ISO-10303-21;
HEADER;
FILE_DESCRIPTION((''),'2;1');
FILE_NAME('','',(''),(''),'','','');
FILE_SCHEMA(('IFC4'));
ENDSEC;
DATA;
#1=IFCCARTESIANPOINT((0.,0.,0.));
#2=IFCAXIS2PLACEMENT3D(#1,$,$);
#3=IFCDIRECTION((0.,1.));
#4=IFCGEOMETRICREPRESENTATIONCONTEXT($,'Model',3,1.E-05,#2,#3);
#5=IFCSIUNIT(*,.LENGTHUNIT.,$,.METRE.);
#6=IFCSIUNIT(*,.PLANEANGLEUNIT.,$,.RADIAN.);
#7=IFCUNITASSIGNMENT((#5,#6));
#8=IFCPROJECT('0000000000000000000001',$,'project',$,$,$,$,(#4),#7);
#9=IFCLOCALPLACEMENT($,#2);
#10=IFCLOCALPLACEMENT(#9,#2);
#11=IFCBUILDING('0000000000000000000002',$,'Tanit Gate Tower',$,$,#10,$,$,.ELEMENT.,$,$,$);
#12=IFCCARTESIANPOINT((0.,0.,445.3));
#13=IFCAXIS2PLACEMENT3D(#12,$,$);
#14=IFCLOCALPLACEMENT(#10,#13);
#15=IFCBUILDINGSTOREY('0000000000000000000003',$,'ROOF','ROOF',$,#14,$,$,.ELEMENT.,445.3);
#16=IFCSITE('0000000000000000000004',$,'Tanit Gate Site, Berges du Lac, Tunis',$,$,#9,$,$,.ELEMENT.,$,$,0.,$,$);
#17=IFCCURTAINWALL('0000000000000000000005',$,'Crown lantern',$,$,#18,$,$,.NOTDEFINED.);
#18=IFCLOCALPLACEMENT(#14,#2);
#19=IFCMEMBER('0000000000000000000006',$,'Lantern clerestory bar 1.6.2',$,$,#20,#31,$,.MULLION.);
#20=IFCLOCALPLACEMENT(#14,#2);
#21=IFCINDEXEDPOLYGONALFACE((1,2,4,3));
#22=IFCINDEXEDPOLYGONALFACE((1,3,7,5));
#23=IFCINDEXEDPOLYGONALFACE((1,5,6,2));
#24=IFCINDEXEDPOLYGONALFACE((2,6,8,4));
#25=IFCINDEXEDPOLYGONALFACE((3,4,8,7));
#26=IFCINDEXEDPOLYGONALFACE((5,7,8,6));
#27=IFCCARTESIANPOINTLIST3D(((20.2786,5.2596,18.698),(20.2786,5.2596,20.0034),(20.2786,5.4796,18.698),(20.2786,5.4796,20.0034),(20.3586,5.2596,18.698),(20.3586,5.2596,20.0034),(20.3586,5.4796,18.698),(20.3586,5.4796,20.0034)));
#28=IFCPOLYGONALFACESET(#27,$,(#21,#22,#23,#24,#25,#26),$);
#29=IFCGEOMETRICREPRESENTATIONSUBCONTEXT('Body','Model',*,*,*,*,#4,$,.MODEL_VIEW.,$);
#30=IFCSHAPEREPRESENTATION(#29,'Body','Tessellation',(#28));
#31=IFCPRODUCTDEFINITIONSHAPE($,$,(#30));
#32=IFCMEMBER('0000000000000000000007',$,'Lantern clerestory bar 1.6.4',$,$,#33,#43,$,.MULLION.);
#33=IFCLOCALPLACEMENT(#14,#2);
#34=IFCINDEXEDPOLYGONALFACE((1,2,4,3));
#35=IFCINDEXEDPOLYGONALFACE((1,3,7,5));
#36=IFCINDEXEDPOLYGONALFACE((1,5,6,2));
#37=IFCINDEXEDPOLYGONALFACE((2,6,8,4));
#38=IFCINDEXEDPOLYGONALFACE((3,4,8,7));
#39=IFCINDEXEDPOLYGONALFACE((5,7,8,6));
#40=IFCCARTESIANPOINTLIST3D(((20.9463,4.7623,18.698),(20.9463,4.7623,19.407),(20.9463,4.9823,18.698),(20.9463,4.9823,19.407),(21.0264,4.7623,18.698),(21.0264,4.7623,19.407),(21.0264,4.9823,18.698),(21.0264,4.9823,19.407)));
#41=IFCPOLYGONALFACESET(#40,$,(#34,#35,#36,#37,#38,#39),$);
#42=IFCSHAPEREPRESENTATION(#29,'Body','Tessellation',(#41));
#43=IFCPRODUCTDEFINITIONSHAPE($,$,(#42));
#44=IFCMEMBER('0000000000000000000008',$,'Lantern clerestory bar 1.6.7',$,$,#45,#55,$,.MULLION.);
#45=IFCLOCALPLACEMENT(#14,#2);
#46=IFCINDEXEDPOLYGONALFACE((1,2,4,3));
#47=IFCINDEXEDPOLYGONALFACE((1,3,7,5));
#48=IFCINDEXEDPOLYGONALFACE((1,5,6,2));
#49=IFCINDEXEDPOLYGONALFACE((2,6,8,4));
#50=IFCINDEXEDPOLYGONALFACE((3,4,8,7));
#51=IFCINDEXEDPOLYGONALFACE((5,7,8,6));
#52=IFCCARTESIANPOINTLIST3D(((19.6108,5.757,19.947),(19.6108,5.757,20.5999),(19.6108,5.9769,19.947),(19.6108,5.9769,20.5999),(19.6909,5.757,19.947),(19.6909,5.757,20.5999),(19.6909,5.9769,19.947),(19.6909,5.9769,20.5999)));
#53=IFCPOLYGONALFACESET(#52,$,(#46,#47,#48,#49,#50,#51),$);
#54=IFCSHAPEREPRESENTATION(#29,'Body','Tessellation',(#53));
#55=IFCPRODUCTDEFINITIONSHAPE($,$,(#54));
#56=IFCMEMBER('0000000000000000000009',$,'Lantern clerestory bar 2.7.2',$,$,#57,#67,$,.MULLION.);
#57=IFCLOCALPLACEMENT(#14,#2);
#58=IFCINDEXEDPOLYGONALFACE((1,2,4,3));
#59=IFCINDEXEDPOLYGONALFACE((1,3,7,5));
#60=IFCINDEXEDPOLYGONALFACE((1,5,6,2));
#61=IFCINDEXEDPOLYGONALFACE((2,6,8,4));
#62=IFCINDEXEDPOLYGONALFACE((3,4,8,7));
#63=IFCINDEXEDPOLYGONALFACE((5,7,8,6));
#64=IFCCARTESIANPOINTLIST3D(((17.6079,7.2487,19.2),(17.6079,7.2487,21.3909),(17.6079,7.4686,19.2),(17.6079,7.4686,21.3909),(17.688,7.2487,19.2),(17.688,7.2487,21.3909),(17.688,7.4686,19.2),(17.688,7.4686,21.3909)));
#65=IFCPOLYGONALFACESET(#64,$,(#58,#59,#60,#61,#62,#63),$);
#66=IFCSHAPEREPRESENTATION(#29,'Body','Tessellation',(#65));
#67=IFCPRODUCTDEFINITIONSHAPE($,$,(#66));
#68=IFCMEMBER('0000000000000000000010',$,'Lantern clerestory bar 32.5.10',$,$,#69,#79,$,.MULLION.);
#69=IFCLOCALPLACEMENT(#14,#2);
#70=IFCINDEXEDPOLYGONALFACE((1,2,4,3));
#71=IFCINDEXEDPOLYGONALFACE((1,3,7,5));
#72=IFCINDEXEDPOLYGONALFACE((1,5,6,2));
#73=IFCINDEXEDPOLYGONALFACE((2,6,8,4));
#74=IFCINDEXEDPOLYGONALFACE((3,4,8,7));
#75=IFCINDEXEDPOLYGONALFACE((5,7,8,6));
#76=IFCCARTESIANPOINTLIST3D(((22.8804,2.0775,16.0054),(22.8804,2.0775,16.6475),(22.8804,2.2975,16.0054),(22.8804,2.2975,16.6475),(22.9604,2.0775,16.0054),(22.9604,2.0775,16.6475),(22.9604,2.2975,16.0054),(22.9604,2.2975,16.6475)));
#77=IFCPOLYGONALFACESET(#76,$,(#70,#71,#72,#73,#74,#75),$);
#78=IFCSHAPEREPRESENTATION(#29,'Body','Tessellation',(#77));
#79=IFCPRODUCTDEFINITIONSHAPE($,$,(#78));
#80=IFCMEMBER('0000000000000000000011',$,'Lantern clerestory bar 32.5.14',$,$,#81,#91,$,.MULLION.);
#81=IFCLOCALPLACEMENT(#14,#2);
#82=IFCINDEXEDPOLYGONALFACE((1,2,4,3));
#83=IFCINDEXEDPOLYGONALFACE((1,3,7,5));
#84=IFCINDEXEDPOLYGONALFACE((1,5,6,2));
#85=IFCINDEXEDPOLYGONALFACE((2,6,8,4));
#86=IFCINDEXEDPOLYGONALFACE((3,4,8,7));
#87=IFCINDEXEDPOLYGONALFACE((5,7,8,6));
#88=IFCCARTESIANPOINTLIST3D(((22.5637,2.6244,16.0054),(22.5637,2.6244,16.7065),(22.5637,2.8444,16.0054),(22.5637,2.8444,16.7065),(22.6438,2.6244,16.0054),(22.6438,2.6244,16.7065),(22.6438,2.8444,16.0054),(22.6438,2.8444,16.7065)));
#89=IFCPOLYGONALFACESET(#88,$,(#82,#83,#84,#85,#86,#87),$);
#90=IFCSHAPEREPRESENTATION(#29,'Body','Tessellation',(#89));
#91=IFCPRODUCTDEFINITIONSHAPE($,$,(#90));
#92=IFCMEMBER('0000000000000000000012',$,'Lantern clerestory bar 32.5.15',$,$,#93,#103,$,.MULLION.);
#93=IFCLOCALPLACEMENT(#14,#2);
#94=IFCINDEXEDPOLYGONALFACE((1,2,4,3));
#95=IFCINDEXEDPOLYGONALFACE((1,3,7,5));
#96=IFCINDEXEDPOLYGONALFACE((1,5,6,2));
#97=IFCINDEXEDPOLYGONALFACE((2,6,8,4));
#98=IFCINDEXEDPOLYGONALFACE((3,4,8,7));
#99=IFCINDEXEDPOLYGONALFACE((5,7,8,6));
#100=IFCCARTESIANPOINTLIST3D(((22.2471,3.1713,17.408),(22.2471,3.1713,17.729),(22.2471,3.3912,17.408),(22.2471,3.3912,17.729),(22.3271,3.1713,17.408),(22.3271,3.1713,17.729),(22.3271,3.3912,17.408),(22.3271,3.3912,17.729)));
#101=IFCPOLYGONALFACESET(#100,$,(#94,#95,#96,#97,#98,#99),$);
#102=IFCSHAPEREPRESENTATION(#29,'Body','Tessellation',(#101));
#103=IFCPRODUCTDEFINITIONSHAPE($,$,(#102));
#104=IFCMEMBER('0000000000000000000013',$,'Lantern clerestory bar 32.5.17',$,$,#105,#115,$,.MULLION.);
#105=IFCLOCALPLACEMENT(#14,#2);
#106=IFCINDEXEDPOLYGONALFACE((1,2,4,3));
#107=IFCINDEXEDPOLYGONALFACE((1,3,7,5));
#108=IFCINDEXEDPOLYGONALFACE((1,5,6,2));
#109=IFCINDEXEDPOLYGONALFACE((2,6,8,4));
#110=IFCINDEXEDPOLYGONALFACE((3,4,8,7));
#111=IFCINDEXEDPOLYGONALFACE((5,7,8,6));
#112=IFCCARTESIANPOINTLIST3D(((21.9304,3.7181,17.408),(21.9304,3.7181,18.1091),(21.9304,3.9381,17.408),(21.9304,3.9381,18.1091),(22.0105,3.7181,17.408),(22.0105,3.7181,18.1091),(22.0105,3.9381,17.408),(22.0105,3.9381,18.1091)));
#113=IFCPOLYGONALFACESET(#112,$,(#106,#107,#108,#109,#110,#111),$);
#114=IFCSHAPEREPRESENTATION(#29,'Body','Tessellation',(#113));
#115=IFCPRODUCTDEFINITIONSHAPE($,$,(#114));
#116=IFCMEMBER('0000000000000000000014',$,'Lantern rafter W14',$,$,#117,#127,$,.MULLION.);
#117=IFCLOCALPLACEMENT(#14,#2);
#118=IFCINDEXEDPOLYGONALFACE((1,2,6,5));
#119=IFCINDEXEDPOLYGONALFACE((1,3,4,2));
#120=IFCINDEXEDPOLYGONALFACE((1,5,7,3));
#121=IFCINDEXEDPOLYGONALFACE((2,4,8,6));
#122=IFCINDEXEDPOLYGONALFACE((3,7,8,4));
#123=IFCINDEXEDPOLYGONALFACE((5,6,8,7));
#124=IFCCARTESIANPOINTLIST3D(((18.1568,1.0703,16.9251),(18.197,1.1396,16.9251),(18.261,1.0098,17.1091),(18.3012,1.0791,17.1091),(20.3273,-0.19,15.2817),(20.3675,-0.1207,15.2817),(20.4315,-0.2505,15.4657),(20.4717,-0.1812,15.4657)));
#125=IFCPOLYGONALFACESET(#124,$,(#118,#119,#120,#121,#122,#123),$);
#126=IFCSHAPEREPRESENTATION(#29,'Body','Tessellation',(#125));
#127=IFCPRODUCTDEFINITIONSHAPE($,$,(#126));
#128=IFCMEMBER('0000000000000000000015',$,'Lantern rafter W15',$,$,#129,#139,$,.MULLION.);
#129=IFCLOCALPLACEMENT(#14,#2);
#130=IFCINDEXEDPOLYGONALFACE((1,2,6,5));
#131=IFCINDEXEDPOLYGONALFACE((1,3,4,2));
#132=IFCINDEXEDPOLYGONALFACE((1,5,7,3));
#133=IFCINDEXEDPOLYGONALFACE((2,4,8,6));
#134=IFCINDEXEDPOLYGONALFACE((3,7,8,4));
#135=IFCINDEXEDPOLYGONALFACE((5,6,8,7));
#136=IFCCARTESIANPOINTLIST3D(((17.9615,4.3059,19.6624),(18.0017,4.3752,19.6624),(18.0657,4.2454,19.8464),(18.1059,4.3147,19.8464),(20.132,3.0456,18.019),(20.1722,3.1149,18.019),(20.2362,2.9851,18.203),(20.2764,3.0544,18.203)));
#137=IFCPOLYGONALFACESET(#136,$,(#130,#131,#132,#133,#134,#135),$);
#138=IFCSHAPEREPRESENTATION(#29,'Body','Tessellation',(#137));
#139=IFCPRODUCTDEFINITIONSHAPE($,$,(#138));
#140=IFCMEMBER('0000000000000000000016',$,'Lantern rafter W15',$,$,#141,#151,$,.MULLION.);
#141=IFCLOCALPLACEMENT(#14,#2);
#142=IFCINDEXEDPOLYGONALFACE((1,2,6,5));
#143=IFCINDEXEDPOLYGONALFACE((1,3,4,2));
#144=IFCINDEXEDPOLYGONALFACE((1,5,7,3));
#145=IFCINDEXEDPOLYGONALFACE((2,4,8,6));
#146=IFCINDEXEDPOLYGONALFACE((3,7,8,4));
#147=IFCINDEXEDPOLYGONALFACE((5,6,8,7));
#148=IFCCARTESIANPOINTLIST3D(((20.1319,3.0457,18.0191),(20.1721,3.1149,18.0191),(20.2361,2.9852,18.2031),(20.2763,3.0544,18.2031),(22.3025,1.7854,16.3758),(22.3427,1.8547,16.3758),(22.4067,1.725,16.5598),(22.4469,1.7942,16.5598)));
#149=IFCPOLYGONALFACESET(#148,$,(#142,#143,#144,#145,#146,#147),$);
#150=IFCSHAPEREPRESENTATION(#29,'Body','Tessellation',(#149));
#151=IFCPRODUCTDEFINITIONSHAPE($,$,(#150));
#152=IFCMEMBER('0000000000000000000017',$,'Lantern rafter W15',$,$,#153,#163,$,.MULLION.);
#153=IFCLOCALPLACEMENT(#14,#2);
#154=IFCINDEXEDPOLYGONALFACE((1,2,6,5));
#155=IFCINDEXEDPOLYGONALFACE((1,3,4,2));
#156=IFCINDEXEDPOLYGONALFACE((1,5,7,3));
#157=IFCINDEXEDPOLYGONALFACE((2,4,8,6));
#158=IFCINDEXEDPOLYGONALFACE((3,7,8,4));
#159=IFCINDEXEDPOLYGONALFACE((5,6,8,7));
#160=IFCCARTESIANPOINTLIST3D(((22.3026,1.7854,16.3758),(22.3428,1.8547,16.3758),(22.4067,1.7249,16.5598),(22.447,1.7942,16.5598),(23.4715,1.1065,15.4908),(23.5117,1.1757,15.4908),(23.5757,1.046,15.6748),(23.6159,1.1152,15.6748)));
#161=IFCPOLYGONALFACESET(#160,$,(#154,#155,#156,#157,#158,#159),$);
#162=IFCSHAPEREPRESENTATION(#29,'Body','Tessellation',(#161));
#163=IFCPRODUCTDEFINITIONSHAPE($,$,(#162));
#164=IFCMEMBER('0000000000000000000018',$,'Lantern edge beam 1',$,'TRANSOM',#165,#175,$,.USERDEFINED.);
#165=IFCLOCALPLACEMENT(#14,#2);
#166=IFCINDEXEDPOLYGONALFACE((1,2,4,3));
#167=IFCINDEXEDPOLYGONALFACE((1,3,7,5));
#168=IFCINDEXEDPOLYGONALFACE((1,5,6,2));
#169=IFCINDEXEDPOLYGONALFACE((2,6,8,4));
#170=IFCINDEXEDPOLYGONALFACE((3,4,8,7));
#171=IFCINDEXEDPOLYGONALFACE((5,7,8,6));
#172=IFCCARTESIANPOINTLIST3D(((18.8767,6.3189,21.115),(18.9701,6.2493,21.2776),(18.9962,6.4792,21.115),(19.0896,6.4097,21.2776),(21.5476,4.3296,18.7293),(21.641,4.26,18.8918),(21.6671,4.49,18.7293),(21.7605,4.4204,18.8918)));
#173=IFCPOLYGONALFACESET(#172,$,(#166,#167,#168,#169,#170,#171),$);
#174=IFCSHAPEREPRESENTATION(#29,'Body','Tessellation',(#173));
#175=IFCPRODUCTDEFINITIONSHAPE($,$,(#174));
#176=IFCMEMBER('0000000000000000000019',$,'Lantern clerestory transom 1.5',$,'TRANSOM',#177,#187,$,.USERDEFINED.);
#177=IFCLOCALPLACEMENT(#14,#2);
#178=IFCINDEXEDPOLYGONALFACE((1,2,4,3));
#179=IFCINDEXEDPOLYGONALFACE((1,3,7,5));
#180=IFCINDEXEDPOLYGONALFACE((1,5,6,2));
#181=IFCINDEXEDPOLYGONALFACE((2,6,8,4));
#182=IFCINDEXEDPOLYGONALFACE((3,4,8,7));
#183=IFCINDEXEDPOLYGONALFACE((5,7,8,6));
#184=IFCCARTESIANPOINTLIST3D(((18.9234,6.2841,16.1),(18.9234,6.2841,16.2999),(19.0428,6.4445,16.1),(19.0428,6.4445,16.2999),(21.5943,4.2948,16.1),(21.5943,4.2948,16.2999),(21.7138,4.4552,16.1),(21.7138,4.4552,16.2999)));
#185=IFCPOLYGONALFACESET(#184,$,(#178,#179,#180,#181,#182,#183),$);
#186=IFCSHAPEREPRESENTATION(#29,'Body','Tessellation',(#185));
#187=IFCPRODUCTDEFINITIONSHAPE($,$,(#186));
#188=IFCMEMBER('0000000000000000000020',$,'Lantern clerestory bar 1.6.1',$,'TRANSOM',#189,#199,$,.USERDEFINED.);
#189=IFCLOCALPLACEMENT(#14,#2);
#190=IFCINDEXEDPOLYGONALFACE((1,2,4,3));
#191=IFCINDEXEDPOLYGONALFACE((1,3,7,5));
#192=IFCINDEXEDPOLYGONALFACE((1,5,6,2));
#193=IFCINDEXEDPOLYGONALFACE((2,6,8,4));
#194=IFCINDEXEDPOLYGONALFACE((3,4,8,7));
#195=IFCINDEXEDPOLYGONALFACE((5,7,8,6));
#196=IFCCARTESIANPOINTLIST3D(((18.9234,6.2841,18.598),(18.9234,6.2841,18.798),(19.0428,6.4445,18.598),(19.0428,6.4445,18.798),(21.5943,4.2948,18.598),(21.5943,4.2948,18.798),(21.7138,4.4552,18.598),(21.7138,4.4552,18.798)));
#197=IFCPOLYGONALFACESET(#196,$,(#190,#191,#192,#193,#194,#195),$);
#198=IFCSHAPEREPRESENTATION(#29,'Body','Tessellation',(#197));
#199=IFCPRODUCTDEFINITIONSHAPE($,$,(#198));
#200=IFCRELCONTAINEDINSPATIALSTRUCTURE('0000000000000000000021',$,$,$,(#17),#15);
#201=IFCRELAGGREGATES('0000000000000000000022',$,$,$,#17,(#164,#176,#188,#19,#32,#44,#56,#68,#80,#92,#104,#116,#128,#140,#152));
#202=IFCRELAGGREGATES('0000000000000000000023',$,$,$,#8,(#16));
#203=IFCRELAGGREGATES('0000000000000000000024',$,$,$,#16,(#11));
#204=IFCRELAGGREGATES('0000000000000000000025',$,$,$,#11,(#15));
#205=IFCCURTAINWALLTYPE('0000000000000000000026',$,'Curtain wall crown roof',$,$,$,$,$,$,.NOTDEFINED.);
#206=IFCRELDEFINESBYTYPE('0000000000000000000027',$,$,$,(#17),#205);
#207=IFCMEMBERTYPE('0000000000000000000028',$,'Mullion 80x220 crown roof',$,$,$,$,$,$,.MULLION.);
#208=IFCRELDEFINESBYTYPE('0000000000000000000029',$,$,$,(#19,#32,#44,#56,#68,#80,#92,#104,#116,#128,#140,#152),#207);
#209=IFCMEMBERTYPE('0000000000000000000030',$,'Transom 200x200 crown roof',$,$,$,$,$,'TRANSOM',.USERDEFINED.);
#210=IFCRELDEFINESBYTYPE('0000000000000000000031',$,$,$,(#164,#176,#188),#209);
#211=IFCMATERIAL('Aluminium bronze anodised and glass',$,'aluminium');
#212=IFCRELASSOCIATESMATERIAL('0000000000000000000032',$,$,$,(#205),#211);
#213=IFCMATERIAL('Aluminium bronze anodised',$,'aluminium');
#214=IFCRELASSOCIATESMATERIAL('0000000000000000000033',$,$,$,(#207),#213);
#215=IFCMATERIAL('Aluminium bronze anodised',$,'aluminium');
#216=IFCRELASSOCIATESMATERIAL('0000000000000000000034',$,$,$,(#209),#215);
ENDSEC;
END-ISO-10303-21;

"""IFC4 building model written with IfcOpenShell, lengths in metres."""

from ifc_helpers import new_model, si_unit, direction, frame, origin, origin_2d, place, context, subcontext, project, spatial, rectangle, extrude, material, material_profile, profile_set, type_object, element, aggregate, save


model = new_model("IFC4")

# Units and contexts
model_context = context("Model", 3, precision=1e-05, world=origin(), true_north=direction((0.0, 1.0)))
body_context = subcontext(model_context, "Body", "Model", "MODEL_VIEW")
ifc_project = project(units=[si_unit("LENGTHUNIT", "METRE"), si_unit("PLANEANGLEUNIT", "RADIAN")], contexts=[model_context])

# Site, building, storey
site_placement = place(None, origin())
site = spatial("IfcSite", under=ifc_project, at=site_placement, Name="Tanit Gate Site, Berges du Lac, Tunis", CompositionType="ELEMENT", RefElevation=0.0)
building_placement = place(site_placement, origin())
building = spatial("IfcBuilding", under=site, at=building_placement, Name="Tanit Gate Tower", CompositionType="ELEMENT")
storey_placement = place(building_placement, frame((0.0, 0.0, 445.3)))
storey = spatial("IfcBuildingStorey", under=building, at=storey_placement, Name="ROOF", Description="ROOF", CompositionType="ELEMENT", Elevation=445.3)

# Curtain wall, members
ifc_material_1 = material(Name="Aluminium bronze anodised and glass", Category="aluminium")
curtain_wall_type = type_object("IfcCurtainWallType", Name="Curtain wall crown roof", PredefinedType="NOTDEFINED", material=ifc_material_1)
curtain_wall_placement = place(storey_placement, origin())
curtain_wall = element("IfcCurtainWall", 1, at=curtain_wall_placement, inside=storey, type_object=curtain_wall_type, Name="Crown lantern", PredefinedType="NOTDEFINED")
ifc_material_2 = material(Name="Aluminium bronze anodised", Category="aluminium")
ifc_material_profile_1 = material_profile(ifc_material_2, rectangle(XDim=0.0801, YDim=0.22, at=origin_2d()), Name="80x220 bronze rafter")
ifc_profile_set_1 = profile_set([ifc_material_profile_1], Name="Aluminium bronze anodised")
member_type_1 = type_object("IfcMemberType", Name="Mullion 80x220 crown roof", PredefinedType="MULLION", material=ifc_profile_set_1)
member_1_placement = place(storey_placement, frame((20.3186, 5.3696, 18.698), z_axis=(0.0, 0.0, 1.0), x_axis=(1.0, 0.0, 0.0)))
member_1 = element("IfcMember", 2, at=member_1_placement, type_object=member_type_1, Name="Lantern clerestory bar 1.6.2", PredefinedType="MULLION", context=body_context, shape_type="SweptSolid", body=[
    extrude(rectangle(XDim=0.0801, YDim=0.22, at=origin_2d()), origin(), (0.0, 0.0, 1.0), 1.3054),
])
member_2_placement = place(storey_placement, frame((20.9863, 4.8723, 18.698), z_axis=(0.0, 0.0, 1.0), x_axis=(1.0, 0.0, 0.0)))
member_2 = element("IfcMember", 3, at=member_2_placement, type_object=member_type_1, Name="Lantern clerestory bar 1.6.4", PredefinedType="MULLION", context=body_context, shape_type="SweptSolid", body=[
    extrude(rectangle(XDim=0.0801, YDim=0.22, at=origin_2d()), origin(), (0.0, 0.0, 1.0), 0.709),
])
member_3_placement = place(storey_placement, frame((19.6509, 5.8669, 19.947), z_axis=(0.0, 0.0, 1.0), x_axis=(1.0, 0.0, 0.0)))
member_3 = element("IfcMember", 4, at=member_3_placement, type_object=member_type_1, Name="Lantern clerestory bar 1.6.7", PredefinedType="MULLION", context=body_context, shape_type="SweptSolid", body=[
    extrude(rectangle(XDim=0.0801, YDim=0.22, at=origin_2d()), origin(), (0.0, 0.0, 1.0), 0.6528),
])
member_4_placement = place(storey_placement, frame((17.6479, 7.3586, 19.2), z_axis=(0.0, 0.0, 1.0), x_axis=(1.0, 0.0, 0.0)))
member_4 = element("IfcMember", 5, at=member_4_placement, type_object=member_type_1, Name="Lantern clerestory bar 2.7.2", PredefinedType="MULLION", context=body_context, shape_type="SweptSolid", body=[
    extrude(rectangle(XDim=0.0801, YDim=0.22, at=origin_2d()), origin(), (0.0, 0.0, 1.0), 2.1909),
])
member_5_placement = place(storey_placement, frame((22.9204, 2.1875, 16.0054), z_axis=(0.0, 0.0, 1.0), x_axis=(1.0, 0.0, 0.0)))
member_5 = element("IfcMember", 6, at=member_5_placement, type_object=member_type_1, Name="Lantern clerestory bar 32.5.10", PredefinedType="MULLION", context=body_context, shape_type="SweptSolid", body=[
    extrude(rectangle(XDim=0.0801, YDim=0.22, at=origin_2d()), origin(), (0.0, 0.0, 1.0), 0.6421),
])
member_6_placement = place(storey_placement, frame((22.6038, 2.7344, 16.0054), z_axis=(0.0, 0.0, 1.0), x_axis=(1.0, 0.0, 0.0)))
member_6 = element("IfcMember", 7, at=member_6_placement, type_object=member_type_1, Name="Lantern clerestory bar 32.5.14", PredefinedType="MULLION", context=body_context, shape_type="SweptSolid", body=[
    extrude(rectangle(XDim=0.0801, YDim=0.22, at=origin_2d()), origin(), (0.0, 0.0, 1.0), 0.7012),
])
member_7_placement = place(storey_placement, frame((22.2871, 3.2812, 17.408), z_axis=(0.0, 0.0, 1.0), x_axis=(1.0, 0.0, 0.0)))
member_7 = element("IfcMember", 8, at=member_7_placement, type_object=member_type_1, Name="Lantern clerestory bar 32.5.15", PredefinedType="MULLION", context=body_context, shape_type="SweptSolid", body=[
    extrude(rectangle(XDim=0.0801, YDim=0.22, at=origin_2d()), origin(), (0.0, 0.0, 1.0), 0.321),
])
member_8_placement = place(storey_placement, frame((21.9705, 3.8281, 17.408), z_axis=(0.0, 0.0, 1.0), x_axis=(1.0, 0.0, 0.0)))
member_8 = element("IfcMember", 9, at=member_8_placement, type_object=member_type_1, Name="Lantern clerestory bar 32.5.17", PredefinedType="MULLION", context=body_context, shape_type="SweptSolid", body=[
    extrude(rectangle(XDim=0.0801, YDim=0.22, at=origin_2d()), origin(), (0.0, 0.0, 1.0), 0.7012),
])
member_9_placement = place(storey_placement, frame((18.229, 1.0747, 17.0171), z_axis=(0.723495, -0.420099, -0.547789), x_axis=(0.50214, 0.864786, 0.0)))
member_9 = element("IfcMember", 10, at=member_9_placement, type_object=member_type_1, Name="Lantern rafter W14", PredefinedType="MULLION", context=body_context, shape_type="SweptSolid", body=[
    extrude(rectangle(XDim=0.0801, YDim=0.22, at=origin_2d()), origin(), (0.0, 0.0, 1.0), 3.0),
])
member_10_placement = place(storey_placement, frame((18.0337, 4.3103, 19.7544), z_axis=(0.723495, -0.420099, -0.547789), x_axis=(0.50214, 0.864786, 0.0)))
member_10 = element("IfcMember", 11, at=member_10_placement, type_object=member_type_1, Name="Lantern rafter W15", PredefinedType="MULLION", context=body_context, shape_type="SweptSolid", body=[
    extrude(rectangle(XDim=0.0801, YDim=0.22, at=origin_2d()), origin(), (0.0, 0.0, 1.0), 3.0),
])
member_11_placement = place(storey_placement, frame((20.2041, 3.05, 18.1111), z_axis=(0.723533, -0.420074, -0.547757), x_axis=(0.502098, 0.864811, 0.0)))
member_11 = element("IfcMember", 12, at=member_11_placement, type_object=member_type_1, Name="Lantern rafter W15", PredefinedType="MULLION", context=body_context, shape_type="SweptSolid", body=[
    extrude(rectangle(XDim=0.0801, YDim=0.22, at=origin_2d()), origin(), (0.0, 0.0, 1.0), 3.0),
])
member_12_placement = place(storey_placement, frame((22.3748, 1.7898, 16.4678), z_axis=(0.723468, -0.42021, -0.547739), x_axis=(0.502253, 0.864721, 0.0)))
member_12 = element("IfcMember", 13, at=member_12_placement, type_object=member_type_1, Name="Lantern rafter W15", PredefinedType="MULLION", context=body_context, shape_type="SweptSolid", body=[
    extrude(rectangle(XDim=0.0801, YDim=0.22, at=origin_2d()), origin(), (0.0, 0.0, 1.0), 1.6157),
])
ifc_material_3 = material(Name="Aluminium bronze anodised", Category="aluminium")
ifc_material_profile_2 = material_profile(ifc_material_3, rectangle(XDim=0.2, YDim=0.2, at=origin_2d()), Name="200x200 bronze transom")
ifc_profile_set_2 = profile_set([ifc_material_profile_2], Name="Aluminium bronze anodised")
member_type_2 = type_object("IfcMemberType", Name="Transom 200x200 crown roof", ElementType="TRANSOM", PredefinedType="USERDEFINED", material=ifc_profile_set_2)
member_13_placement = place(storey_placement, frame((21.6541, 4.375, 18.8105), z_axis=(-0.65197, 0.485581, 0.582363), x_axis=(-0.597322, -0.802001, 0.0)))
member_13 = element("IfcMember", 14, at=member_13_placement, type_object=member_type_2, Name="Lantern edge beam 1", ObjectType="TRANSOM", PredefinedType="USERDEFINED", context=body_context, shape_type="SweptSolid", body=[
    extrude(rectangle(XDim=0.2, YDim=0.2, at=origin_2d()), origin(), (0.0, 0.0, 1.0), 4.0967),
])
member_14_placement = place(storey_placement, frame((21.6541, 4.375, 16.2), z_axis=(-0.802001, 0.597322, 0.0), x_axis=(-0.597322, -0.802001, 0.0)))
member_14 = element("IfcMember", 15, at=member_14_placement, type_object=member_type_2, Name="Lantern clerestory transom 1.5", ObjectType="TRANSOM", PredefinedType="USERDEFINED", context=body_context, shape_type="SweptSolid", body=[
    extrude(rectangle(XDim=0.2, YDim=0.2, at=origin_2d()), origin(), (0.0, 0.0, 1.0), 3.3303),
])
member_15_placement = place(storey_placement, frame((21.6541, 4.375, 18.698), z_axis=(-0.802001, 0.597322, 0.0), x_axis=(-0.597322, -0.802001, 0.0)))
member_15 = element("IfcMember", 16, at=member_15_placement, type_object=member_type_2, Name="Lantern clerestory bar 1.6.1", ObjectType="TRANSOM", PredefinedType="USERDEFINED", context=body_context, shape_type="SweptSolid", body=[
    extrude(rectangle(XDim=0.2, YDim=0.2, at=origin_2d()), origin(), (0.0, 0.0, 1.0), 3.3303),
])
aggregate(curtain_wall, [member_13, member_14, member_15, member_1, member_2, member_3, member_4, member_5, member_6, member_7, member_8, member_9, member_10, member_11, member_12])

save(model, "model.ifc")
